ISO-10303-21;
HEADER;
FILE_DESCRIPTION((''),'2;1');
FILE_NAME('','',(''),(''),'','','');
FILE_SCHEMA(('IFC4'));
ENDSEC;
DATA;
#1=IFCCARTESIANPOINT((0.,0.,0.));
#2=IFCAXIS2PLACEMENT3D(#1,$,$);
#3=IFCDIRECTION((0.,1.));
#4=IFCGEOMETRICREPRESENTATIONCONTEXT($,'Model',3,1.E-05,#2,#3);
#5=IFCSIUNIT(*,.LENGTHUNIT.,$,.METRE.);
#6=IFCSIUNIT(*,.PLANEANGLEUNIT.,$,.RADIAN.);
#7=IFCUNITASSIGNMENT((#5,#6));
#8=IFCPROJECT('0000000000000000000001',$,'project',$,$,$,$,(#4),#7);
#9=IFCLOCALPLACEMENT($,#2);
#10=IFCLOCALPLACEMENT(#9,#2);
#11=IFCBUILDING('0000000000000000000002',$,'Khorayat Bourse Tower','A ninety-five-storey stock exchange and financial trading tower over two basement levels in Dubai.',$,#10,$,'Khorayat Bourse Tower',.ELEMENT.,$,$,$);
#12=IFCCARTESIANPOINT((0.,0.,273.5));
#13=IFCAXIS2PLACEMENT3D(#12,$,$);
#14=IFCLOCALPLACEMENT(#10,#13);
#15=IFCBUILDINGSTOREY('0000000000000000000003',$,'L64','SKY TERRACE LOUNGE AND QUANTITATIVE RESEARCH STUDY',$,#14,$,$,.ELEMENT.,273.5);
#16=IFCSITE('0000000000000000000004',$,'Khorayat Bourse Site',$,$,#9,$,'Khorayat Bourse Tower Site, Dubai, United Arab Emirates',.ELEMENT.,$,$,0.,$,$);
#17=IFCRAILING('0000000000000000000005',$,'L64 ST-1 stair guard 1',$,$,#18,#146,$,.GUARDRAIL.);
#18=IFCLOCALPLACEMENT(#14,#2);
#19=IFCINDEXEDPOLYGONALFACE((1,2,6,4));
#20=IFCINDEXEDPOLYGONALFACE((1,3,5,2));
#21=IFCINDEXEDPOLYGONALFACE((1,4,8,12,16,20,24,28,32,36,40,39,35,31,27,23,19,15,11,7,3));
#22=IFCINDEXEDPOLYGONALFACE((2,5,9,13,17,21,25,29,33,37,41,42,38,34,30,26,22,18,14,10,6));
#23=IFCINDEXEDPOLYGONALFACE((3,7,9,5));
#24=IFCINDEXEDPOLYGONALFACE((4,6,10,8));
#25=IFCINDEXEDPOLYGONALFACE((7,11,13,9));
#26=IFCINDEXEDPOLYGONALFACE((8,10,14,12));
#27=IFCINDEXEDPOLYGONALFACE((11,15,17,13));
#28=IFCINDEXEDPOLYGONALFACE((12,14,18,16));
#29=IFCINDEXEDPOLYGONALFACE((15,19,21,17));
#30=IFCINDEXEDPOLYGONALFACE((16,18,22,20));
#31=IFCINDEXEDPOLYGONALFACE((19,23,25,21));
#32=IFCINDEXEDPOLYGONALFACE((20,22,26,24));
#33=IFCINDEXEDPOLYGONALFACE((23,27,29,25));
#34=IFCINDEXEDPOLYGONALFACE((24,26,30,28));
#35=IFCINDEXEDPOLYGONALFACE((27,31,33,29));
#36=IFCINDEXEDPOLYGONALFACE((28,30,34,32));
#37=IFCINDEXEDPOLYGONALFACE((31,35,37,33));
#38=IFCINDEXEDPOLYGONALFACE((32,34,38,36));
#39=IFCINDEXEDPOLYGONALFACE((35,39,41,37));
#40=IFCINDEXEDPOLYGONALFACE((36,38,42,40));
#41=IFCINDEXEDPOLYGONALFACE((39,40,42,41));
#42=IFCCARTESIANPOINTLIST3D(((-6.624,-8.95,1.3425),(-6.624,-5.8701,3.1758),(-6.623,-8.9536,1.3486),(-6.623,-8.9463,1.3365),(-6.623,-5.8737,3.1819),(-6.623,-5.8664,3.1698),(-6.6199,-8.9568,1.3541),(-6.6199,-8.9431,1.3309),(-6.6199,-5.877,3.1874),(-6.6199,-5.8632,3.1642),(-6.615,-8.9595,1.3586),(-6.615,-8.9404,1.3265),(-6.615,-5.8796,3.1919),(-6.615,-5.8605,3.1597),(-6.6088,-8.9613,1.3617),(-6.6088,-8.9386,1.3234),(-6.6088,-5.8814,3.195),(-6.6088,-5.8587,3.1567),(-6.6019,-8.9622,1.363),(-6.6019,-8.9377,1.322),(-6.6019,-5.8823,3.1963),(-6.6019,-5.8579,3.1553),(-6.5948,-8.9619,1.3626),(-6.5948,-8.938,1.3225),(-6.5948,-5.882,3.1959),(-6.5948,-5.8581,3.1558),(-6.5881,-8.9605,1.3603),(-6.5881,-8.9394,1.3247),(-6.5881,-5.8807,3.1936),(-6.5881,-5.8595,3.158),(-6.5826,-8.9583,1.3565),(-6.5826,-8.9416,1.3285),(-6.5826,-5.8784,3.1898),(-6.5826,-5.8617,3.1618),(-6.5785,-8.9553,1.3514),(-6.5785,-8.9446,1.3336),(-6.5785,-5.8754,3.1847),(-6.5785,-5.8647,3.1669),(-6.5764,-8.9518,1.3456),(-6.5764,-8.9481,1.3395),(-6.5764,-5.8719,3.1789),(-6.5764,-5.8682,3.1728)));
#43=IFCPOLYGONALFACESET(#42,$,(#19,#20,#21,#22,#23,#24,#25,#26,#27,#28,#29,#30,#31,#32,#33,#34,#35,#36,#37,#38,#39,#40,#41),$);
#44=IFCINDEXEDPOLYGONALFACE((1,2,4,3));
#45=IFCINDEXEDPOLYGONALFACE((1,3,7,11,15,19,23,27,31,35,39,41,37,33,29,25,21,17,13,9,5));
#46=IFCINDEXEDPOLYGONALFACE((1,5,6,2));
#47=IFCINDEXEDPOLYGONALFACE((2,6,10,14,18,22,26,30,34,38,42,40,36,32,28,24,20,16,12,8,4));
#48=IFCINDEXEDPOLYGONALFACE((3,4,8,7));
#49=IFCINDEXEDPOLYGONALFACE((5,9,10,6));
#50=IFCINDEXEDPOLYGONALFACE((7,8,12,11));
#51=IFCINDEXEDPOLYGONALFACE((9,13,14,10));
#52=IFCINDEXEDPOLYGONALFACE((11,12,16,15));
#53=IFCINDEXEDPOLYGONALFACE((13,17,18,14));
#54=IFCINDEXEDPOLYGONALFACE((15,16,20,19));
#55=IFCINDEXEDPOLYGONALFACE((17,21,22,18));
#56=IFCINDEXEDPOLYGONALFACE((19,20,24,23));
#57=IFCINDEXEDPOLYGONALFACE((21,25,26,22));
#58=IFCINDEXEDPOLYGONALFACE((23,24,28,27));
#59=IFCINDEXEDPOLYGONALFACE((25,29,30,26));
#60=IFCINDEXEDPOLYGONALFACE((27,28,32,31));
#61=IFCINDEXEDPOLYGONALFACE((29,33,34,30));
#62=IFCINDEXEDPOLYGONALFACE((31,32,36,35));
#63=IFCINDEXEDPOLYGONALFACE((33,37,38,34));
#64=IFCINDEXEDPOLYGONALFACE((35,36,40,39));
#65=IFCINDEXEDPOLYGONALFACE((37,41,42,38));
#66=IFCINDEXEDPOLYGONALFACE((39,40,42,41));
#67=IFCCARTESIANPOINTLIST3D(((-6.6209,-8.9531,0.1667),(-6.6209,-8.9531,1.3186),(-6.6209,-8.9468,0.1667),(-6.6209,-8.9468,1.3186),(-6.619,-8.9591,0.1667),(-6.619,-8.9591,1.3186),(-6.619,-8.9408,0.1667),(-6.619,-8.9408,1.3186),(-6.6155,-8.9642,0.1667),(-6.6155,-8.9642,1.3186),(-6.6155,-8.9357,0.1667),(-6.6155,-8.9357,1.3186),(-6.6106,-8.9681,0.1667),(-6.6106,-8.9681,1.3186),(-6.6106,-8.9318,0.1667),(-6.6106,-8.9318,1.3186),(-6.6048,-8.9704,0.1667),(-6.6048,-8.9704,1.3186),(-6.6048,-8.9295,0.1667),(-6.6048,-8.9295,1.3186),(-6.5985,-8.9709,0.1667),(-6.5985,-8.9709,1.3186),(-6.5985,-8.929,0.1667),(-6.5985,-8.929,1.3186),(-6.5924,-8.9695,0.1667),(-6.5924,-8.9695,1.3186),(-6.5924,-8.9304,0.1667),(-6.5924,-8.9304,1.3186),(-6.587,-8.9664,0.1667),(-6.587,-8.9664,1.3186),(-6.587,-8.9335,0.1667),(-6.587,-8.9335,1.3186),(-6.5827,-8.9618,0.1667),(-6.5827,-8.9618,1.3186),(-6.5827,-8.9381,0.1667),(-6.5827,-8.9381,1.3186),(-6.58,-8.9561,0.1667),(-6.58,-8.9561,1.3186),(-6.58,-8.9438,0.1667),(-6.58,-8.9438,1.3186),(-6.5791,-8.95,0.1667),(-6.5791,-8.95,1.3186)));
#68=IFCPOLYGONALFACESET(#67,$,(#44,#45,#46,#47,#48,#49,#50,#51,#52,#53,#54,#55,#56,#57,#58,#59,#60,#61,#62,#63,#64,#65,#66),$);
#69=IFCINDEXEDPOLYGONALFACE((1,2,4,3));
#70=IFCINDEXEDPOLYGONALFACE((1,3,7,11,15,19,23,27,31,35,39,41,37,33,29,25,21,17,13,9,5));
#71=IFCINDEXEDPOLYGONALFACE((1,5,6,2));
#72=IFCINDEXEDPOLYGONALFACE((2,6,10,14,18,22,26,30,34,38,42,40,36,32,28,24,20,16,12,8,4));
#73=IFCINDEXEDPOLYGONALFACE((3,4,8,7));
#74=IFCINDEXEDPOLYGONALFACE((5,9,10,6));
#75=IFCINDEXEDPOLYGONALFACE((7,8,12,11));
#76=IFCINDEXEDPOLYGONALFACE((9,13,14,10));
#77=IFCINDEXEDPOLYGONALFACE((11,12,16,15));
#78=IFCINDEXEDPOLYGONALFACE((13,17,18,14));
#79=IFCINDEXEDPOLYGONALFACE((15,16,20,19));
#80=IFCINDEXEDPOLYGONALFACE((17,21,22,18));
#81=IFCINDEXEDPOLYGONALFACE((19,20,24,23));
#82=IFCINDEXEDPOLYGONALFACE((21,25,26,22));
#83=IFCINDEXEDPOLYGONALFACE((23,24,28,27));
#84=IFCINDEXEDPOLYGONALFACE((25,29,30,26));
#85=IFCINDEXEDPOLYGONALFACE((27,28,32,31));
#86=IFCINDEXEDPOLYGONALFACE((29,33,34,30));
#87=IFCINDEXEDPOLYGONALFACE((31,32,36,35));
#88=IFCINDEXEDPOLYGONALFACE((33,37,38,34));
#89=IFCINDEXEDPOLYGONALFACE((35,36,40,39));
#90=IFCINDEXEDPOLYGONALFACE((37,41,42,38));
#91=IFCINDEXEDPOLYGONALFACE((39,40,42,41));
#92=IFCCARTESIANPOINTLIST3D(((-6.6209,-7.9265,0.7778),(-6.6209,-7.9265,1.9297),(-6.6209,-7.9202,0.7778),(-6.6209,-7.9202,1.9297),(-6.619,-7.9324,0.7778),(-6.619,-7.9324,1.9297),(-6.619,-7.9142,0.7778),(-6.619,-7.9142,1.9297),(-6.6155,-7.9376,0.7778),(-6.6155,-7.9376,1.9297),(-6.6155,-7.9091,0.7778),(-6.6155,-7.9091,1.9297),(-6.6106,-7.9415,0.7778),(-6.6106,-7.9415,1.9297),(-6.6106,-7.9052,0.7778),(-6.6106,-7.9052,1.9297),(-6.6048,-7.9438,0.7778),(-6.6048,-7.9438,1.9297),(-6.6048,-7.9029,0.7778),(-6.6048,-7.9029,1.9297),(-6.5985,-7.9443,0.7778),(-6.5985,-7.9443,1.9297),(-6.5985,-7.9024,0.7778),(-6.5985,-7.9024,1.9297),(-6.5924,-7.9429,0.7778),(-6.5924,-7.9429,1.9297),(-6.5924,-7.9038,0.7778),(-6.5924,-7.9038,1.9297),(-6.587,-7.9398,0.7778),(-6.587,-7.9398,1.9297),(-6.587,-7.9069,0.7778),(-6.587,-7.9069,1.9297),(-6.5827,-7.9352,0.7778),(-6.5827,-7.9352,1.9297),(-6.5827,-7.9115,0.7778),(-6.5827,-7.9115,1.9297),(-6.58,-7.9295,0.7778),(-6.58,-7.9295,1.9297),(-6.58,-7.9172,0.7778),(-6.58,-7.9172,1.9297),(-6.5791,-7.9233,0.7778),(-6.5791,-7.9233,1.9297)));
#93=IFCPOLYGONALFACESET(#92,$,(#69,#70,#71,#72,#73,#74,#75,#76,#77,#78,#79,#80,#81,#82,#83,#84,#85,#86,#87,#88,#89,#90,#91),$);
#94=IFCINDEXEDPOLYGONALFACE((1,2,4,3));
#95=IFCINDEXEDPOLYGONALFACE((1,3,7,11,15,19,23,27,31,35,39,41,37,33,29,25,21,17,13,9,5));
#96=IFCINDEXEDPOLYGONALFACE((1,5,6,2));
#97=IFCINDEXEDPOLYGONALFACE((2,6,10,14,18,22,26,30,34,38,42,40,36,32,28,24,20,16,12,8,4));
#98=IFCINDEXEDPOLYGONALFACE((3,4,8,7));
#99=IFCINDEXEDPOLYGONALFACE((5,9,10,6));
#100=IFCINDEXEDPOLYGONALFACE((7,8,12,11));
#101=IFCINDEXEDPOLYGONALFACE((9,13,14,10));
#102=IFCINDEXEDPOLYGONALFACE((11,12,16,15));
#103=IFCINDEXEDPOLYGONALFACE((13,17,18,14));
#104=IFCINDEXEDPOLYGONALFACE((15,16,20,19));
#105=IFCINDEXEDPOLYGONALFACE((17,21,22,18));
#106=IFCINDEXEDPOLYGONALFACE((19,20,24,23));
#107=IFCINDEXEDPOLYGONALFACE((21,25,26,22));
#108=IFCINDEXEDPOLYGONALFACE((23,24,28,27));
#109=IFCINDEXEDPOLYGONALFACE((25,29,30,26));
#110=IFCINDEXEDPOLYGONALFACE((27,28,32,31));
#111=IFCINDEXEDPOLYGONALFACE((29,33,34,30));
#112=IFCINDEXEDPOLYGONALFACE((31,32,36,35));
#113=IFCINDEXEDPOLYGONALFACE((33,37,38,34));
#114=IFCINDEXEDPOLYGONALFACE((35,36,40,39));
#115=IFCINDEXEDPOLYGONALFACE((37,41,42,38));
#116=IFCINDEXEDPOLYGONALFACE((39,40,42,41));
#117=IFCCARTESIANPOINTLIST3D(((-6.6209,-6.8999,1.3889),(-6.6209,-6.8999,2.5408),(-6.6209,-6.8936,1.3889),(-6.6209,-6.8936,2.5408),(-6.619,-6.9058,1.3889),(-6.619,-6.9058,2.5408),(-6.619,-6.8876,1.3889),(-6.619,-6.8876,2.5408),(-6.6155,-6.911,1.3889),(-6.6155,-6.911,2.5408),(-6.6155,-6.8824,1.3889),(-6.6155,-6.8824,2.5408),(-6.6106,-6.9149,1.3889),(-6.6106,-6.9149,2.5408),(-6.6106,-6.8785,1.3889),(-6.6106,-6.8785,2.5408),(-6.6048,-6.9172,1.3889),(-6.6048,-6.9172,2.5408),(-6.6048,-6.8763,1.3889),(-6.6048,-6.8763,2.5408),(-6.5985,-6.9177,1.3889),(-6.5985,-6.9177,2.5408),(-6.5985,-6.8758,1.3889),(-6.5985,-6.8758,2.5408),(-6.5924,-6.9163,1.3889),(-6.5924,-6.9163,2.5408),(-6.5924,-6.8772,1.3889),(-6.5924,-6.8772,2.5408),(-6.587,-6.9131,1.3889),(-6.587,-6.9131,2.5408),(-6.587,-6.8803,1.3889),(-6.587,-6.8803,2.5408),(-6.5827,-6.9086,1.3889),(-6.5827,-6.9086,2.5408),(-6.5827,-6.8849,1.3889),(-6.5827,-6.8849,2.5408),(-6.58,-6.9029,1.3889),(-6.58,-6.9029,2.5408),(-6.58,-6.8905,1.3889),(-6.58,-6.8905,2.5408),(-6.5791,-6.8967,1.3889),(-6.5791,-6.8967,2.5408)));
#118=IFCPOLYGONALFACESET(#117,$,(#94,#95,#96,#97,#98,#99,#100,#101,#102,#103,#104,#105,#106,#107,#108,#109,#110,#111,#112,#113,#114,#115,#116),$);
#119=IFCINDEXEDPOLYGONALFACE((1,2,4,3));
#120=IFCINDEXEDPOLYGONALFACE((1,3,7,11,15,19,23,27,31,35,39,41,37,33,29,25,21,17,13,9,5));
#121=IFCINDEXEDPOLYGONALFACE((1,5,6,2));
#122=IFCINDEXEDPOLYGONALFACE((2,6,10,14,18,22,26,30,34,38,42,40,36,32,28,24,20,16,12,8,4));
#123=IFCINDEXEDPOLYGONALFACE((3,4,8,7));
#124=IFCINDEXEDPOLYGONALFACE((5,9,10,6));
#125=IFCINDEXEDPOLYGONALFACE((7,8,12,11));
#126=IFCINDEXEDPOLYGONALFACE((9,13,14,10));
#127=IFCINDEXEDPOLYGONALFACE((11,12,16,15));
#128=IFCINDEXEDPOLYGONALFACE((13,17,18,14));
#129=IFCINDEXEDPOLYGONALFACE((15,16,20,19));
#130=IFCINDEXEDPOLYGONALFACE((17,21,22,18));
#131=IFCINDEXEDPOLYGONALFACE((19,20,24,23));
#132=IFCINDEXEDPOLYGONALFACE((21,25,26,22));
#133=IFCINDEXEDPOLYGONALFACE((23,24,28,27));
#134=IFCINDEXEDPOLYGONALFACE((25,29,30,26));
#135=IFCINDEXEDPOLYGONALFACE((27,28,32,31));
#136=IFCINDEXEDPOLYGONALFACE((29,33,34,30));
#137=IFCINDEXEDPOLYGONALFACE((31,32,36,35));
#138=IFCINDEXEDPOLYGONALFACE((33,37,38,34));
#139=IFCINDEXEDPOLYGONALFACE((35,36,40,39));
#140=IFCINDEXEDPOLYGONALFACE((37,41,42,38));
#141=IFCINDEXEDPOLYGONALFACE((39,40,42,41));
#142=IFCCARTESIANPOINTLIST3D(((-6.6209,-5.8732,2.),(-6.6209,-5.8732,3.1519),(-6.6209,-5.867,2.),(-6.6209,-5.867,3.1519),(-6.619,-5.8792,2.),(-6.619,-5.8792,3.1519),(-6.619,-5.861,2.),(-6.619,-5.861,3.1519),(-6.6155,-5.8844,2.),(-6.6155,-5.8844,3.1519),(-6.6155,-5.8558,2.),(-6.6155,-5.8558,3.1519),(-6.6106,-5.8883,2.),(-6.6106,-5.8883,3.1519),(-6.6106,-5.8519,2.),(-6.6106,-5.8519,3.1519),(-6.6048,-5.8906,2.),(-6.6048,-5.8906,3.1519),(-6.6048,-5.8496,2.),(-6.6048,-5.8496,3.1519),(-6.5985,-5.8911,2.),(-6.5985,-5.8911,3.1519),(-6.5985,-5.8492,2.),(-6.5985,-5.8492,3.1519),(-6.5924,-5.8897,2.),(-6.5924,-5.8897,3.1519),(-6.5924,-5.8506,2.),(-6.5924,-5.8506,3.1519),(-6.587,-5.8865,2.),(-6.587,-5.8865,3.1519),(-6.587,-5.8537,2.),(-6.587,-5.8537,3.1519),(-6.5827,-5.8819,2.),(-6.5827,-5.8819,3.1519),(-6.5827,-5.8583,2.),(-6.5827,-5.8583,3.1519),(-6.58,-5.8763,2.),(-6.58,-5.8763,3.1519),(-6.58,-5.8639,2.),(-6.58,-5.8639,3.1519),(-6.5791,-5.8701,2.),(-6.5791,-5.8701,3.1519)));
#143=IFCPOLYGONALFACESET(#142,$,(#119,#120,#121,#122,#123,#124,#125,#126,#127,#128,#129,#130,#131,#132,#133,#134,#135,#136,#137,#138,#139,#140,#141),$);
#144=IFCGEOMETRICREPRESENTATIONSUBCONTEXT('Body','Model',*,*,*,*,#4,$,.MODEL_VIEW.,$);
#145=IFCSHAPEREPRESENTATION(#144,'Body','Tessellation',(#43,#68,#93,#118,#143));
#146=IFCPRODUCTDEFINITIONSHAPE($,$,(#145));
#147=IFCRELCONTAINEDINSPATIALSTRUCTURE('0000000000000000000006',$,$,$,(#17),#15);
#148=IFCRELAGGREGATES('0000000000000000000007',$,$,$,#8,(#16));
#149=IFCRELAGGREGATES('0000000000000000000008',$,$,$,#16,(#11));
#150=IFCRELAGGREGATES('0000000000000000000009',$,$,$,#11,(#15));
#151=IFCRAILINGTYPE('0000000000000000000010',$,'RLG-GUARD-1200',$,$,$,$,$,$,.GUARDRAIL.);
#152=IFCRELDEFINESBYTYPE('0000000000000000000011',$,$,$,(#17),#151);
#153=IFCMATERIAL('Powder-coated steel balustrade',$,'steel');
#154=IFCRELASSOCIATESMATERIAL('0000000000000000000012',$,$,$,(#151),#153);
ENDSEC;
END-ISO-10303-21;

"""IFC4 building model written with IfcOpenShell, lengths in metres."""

from ifc_helpers import new_model, si_unit, direction, frame, origin, origin_2d, place, context, subcontext, project, spatial, circle, extrude, source, transform, mapped, material, type_object, element, save


model = new_model("IFC4")

# Units and contexts
model_context = context("Model", 3, precision=1e-05, world=origin(), true_north=direction((0.0, 1.0)))
body_context = subcontext(model_context, "Body", "Model", "MODEL_VIEW")
ifc_project = project(units=[si_unit("LENGTHUNIT", "METRE"), si_unit("PLANEANGLEUNIT", "RADIAN")], contexts=[model_context])

# Site, building, storey
site_placement = place(None, origin())
site = spatial("IfcSite", under=ifc_project, at=site_placement, Name="Khorayat Bourse Site", LongName="Khorayat Bourse Tower Site, Dubai, United Arab Emirates", CompositionType="ELEMENT", RefElevation=0.0)
building_placement = place(site_placement, origin())
building = spatial("IfcBuilding", under=site, at=building_placement, Name="Khorayat Bourse Tower", Description="A ninety-five-storey stock exchange and financial trading tower over two basement levels in Dubai.", LongName="Khorayat Bourse Tower", CompositionType="ELEMENT")
storey_placement = place(building_placement, frame((0.0, 0.0, 273.5)))
storey = spatial("IfcBuildingStorey", under=building, at=storey_placement, Name="L64", Description="SKY TERRACE LOUNGE AND QUANTITATIVE RESEARCH STUDY", CompositionType="ELEMENT", Elevation=273.5)

# Railing
ifc_material_1 = material(Name="Powder-coated steel balustrade", Category="steel")
railing_type_1 = type_object("IfcRailingType", Name="RLG-GUARD-1200", PredefinedType="GUARDRAIL", material=ifc_material_1)
shared_shape_1 = source(origin(), body_context, "Body", "SweptSolid", [
    extrude(circle(Radius=0.0239, at=origin_2d()), frame((0.0, 0.0, 1.1758), z_axis=(0.0, 0.859291, 0.511487), x_axis=(-1.0, 0.0, 0.0)), (0.0, 0.0, 1.0), 3.5842),
    extrude(circle(Radius=0.021, at=origin_2d()), origin(), (0.0, 0.0, 1.0), 1.1519),
    extrude(circle(Radius=0.021, at=origin_2d()), frame((0.0, 1.0266, 0.6111)), (0.0, 0.0, 1.0), 1.1519),
    extrude(circle(Radius=0.021, at=origin_2d()), frame((0.0, 2.0532, 1.2222)), (0.0, 0.0, 1.0), 1.1519),
    extrude(circle(Radius=0.021, at=origin_2d()), frame((0.0, 3.0798, 1.8333)), (0.0, 0.0, 1.0), 1.1519),
])
railing_1_placement = place(storey_placement, frame((-6.6001, -8.95, 0.1667)))
element("IfcRailing", 1, at=railing_1_placement, inside=storey, type_object=railing_type_1, Name="L64 ST-1 stair guard 1", PredefinedType="GUARDRAIL", context=body_context, shape_type="MappedRepresentation", body=[
    mapped(shared_shape_1, transform((0.0, 0.0, 0.0), scale=1.0)),
])

save(model, "model.ifc")
